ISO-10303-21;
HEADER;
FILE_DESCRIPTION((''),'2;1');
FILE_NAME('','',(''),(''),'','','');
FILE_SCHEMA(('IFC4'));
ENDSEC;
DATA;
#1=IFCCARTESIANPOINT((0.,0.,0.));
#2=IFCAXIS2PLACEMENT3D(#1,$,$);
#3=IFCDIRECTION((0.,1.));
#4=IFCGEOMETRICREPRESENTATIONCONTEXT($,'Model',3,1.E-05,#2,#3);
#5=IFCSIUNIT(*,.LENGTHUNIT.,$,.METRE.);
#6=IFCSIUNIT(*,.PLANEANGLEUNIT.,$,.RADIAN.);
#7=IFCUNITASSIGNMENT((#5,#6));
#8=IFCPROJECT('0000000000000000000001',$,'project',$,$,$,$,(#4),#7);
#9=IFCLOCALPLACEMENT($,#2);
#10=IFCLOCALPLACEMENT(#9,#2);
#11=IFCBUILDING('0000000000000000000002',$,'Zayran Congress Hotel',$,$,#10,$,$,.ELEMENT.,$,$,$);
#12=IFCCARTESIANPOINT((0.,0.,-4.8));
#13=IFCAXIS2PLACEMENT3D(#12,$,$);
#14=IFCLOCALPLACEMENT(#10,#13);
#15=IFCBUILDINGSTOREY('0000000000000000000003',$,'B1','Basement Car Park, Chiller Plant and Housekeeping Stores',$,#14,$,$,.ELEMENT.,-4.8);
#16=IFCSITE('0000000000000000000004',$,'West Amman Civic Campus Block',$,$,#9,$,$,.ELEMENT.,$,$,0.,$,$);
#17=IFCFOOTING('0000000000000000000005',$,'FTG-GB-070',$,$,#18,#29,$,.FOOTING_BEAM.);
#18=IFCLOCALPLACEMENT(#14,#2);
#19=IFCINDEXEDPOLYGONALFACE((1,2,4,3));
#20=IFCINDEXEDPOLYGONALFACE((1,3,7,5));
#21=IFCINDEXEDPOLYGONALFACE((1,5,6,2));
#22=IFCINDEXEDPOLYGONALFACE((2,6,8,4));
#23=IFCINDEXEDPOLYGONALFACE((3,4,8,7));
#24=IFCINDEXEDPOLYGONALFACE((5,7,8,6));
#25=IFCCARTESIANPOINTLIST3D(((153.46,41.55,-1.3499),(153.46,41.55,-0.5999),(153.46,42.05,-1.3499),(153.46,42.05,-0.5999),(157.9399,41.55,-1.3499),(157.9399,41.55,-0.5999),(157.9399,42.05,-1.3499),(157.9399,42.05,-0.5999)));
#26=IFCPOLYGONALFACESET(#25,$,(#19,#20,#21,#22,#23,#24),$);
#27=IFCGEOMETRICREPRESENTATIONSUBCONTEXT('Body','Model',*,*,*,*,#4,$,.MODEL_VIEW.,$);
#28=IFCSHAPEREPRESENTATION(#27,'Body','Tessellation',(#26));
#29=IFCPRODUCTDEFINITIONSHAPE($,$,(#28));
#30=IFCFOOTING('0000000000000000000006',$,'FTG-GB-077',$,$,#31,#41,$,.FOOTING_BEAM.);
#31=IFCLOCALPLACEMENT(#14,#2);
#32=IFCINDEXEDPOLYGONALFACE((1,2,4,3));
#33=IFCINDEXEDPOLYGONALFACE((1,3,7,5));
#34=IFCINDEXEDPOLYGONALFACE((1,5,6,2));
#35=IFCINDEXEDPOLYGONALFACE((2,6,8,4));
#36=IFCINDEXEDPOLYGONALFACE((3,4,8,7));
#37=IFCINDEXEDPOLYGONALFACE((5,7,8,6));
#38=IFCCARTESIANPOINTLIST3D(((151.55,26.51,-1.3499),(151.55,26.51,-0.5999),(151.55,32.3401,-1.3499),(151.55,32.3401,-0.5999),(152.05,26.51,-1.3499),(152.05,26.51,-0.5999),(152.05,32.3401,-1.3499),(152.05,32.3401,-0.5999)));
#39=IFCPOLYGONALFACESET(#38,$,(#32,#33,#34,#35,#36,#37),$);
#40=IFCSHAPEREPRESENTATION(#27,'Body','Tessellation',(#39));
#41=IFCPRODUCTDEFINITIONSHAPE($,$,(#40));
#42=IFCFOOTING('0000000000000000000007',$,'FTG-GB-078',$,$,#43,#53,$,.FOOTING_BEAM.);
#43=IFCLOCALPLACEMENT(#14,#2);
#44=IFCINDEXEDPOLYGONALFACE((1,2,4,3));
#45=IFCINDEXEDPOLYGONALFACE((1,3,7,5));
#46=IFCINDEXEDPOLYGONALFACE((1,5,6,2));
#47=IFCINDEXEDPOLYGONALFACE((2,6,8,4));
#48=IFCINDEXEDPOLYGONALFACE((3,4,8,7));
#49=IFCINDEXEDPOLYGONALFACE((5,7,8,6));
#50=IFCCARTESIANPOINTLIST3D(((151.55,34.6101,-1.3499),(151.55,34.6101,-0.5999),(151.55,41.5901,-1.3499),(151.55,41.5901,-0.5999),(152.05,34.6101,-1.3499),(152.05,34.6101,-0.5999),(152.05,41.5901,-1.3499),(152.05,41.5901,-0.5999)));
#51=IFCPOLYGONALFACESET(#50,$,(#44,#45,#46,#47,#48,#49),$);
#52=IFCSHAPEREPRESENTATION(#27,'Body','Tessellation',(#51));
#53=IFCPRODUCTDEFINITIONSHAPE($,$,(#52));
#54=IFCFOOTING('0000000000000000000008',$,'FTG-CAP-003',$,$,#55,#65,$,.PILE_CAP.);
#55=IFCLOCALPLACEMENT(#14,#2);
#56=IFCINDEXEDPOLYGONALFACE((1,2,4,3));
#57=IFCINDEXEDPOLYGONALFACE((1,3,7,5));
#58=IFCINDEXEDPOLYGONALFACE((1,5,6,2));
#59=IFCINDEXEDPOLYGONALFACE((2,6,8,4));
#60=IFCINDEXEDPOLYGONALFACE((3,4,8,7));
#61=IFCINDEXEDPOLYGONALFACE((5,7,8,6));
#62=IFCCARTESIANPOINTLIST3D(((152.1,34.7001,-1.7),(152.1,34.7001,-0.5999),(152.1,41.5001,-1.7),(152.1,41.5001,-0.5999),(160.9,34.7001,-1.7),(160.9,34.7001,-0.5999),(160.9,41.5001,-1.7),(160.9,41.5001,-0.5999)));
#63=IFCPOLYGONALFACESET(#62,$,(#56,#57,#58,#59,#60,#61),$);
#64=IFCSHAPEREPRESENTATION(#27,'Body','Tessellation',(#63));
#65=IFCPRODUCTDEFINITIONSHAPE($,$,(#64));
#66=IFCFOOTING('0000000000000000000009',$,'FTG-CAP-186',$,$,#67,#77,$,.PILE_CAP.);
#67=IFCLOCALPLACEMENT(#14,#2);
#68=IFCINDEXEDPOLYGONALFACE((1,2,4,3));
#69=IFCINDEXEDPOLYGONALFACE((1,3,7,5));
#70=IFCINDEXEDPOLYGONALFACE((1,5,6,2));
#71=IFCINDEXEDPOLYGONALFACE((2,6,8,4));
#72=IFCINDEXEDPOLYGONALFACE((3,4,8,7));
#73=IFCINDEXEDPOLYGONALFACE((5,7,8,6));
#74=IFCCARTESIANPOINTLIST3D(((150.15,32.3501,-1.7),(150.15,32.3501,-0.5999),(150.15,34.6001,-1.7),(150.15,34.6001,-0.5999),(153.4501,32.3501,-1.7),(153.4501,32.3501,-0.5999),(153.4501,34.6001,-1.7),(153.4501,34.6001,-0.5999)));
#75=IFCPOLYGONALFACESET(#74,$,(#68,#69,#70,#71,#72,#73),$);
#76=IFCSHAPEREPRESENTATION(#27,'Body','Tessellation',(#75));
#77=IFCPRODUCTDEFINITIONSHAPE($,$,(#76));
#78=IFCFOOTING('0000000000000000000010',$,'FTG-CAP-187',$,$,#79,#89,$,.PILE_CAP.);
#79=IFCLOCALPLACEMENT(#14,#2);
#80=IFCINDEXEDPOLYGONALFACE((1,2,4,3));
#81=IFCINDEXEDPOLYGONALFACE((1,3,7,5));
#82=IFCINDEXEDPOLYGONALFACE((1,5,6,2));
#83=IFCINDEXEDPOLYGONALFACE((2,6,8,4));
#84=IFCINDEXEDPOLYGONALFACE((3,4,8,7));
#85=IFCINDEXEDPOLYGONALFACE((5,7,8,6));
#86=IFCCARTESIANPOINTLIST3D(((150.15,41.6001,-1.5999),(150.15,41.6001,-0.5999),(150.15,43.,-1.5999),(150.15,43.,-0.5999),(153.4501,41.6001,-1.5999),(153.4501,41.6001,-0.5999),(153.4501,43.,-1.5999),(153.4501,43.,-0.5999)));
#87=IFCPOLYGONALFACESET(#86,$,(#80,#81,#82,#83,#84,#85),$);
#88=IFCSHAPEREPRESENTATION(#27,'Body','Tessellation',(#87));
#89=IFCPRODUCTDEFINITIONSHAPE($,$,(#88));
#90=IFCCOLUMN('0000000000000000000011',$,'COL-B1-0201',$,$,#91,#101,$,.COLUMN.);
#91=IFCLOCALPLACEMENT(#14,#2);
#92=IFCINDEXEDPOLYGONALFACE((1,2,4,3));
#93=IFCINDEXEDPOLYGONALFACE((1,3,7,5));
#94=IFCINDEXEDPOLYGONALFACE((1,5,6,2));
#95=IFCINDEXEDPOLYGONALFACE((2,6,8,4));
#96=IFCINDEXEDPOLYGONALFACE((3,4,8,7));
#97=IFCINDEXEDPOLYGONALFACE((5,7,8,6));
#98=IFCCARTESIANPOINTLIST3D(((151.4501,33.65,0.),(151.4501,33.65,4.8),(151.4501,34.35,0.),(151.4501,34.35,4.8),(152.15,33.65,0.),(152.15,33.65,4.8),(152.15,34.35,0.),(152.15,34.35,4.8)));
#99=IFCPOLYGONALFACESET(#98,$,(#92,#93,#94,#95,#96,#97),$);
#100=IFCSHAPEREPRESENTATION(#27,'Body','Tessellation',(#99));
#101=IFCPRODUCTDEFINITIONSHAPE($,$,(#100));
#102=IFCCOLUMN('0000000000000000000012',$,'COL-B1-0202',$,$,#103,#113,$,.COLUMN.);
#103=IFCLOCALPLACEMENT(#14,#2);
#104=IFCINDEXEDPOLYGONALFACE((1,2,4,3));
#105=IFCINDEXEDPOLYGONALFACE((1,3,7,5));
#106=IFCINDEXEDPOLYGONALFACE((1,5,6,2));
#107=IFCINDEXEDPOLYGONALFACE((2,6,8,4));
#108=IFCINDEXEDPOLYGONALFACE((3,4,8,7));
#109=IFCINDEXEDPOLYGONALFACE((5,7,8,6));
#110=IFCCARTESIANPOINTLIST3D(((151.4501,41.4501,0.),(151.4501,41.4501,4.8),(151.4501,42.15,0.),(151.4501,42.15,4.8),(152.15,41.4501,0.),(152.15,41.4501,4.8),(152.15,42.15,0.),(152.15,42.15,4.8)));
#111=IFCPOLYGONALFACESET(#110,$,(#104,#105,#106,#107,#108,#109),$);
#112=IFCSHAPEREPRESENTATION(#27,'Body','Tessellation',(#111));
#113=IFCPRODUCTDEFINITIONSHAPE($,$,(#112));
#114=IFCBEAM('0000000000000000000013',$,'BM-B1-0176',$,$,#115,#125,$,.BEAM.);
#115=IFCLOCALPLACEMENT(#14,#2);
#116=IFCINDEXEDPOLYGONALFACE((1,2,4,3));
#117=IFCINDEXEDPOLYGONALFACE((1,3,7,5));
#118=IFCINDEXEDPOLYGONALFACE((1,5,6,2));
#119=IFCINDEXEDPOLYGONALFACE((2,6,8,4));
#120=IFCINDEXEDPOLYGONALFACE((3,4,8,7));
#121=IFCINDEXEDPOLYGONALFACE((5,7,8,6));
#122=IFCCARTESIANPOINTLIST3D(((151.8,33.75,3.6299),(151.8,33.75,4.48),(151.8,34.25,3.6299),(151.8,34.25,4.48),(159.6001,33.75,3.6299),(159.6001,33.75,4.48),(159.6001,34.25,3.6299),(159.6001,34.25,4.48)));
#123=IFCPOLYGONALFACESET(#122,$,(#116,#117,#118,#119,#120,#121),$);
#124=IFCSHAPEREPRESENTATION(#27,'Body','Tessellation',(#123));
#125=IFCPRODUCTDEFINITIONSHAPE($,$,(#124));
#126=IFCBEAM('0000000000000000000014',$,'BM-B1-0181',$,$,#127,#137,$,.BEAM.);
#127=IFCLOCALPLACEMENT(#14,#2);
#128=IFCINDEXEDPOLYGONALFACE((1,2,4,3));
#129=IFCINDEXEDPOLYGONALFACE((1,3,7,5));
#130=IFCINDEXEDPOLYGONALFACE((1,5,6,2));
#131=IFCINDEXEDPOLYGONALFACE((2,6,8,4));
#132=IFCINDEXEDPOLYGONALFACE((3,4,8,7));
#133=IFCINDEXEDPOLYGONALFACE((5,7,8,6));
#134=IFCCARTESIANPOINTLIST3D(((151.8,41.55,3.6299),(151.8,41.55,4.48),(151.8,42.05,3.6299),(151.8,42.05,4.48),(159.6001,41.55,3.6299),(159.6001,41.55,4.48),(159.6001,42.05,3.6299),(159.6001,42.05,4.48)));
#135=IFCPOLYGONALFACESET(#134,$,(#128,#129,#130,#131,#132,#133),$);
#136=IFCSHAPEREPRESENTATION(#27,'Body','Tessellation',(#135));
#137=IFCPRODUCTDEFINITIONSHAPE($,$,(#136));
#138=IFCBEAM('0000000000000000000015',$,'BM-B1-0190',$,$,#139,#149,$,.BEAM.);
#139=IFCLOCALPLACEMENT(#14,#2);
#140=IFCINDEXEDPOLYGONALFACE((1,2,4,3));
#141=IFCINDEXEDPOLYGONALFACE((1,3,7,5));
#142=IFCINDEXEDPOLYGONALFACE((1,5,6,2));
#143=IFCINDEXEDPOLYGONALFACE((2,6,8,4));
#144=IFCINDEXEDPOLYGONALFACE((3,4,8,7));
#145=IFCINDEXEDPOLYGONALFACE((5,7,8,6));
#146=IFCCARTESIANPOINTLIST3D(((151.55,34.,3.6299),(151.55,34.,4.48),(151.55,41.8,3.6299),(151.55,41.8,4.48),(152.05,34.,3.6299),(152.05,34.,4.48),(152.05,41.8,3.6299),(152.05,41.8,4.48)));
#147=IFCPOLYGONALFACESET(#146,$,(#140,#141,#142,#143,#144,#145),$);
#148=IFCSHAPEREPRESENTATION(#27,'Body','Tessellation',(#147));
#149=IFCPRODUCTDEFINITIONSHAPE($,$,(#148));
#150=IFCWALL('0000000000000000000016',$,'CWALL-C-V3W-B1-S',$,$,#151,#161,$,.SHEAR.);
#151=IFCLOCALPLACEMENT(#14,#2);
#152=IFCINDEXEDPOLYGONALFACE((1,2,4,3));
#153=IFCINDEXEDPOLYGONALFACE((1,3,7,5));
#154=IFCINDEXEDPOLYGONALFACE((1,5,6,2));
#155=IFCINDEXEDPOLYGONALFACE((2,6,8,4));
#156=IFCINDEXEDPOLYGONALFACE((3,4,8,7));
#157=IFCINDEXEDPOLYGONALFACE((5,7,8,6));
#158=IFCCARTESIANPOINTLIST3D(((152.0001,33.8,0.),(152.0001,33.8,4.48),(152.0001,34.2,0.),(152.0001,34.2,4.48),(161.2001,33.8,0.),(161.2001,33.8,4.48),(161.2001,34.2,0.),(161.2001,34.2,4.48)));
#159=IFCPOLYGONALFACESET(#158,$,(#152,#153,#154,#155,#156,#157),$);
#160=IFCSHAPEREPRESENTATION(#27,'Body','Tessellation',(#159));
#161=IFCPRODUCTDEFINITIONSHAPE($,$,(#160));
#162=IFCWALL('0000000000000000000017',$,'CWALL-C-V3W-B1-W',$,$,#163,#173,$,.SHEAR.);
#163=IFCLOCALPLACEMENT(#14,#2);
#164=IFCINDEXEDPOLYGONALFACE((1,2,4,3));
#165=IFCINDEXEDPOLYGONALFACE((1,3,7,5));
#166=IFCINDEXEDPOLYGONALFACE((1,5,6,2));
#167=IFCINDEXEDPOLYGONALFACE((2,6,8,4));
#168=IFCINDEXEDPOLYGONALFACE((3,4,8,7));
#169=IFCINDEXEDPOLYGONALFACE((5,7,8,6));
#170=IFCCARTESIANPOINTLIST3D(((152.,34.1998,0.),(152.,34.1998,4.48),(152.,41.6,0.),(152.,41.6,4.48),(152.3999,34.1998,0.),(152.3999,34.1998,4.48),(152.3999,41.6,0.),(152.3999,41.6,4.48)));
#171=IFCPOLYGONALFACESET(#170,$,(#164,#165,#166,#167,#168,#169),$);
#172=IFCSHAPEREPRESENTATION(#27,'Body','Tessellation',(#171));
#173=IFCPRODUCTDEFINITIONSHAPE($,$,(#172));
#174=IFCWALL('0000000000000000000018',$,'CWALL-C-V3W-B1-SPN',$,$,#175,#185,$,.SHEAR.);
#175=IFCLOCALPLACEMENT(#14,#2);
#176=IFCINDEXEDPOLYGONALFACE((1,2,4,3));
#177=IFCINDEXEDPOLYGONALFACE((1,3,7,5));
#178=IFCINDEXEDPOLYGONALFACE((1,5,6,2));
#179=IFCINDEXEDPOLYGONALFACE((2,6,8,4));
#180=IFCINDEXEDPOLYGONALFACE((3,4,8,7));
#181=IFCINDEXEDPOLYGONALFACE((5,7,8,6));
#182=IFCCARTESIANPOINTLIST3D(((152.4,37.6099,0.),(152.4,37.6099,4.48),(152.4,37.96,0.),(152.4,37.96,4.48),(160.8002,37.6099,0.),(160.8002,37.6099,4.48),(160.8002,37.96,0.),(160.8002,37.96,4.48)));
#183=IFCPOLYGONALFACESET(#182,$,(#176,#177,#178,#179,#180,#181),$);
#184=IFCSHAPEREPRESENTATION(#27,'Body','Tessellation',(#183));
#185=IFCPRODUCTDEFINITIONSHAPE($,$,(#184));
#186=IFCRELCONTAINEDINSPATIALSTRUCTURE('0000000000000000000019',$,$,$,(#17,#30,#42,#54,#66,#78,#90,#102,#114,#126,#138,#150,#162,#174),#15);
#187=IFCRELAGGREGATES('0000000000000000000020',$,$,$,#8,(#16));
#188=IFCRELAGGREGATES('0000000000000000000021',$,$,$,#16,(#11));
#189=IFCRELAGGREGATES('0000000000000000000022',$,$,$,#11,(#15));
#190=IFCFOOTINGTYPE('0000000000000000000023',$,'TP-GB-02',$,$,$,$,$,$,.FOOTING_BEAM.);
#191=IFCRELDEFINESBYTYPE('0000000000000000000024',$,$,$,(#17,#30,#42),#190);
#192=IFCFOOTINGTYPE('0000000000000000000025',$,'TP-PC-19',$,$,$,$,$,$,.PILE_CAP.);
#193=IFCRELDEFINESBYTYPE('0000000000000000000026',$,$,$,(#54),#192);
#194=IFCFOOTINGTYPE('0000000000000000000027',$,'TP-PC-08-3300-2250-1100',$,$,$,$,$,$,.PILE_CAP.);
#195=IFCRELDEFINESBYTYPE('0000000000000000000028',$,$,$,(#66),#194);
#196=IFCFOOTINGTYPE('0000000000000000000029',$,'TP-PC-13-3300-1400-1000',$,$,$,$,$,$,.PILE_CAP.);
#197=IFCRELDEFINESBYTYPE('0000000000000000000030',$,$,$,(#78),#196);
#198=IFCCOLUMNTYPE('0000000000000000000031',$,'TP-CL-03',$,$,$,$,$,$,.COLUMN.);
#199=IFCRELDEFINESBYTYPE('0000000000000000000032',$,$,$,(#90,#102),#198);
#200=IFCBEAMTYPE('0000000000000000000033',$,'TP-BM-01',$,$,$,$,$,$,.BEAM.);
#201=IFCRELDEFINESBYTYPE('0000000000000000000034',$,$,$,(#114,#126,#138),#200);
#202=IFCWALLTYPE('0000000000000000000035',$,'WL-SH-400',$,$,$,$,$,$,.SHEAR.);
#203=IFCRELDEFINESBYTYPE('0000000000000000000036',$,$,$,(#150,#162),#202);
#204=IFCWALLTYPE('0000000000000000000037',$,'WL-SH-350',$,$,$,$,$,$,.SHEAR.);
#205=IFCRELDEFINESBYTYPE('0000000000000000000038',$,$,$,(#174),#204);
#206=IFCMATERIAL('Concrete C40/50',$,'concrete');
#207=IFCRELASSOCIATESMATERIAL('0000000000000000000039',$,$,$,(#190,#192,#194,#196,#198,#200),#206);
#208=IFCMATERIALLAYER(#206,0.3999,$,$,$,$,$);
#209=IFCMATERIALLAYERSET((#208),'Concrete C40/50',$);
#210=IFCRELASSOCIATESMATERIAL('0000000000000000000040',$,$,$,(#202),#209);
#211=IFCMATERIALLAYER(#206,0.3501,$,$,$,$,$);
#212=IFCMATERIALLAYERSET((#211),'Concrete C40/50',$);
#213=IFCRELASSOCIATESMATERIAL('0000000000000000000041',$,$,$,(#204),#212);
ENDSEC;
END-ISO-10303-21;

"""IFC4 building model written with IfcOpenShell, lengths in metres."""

from ifc_helpers import new_model, si_unit, direction, frame, frame_2d, origin, origin_2d, place, context, subcontext, project, spatial, rectangle, extrude, material, layer, layer_set, material_profile, profile_set, type_object, element, save


model = new_model("IFC4")

# Units and contexts
model_context = context("Model", 3, precision=1e-05, world=origin(), true_north=direction((0.0, 1.0)))
body_context = subcontext(model_context, "Body", "Model", "MODEL_VIEW")
ifc_project = project(units=[si_unit("LENGTHUNIT", "METRE"), si_unit("PLANEANGLEUNIT", "RADIAN")], contexts=[model_context])

# Site, building, storey
site_placement = place(None, origin())
site = spatial("IfcSite", under=ifc_project, at=site_placement, Name="West Amman Civic Campus Block", CompositionType="ELEMENT", RefElevation=0.0)
building_placement = place(site_placement, origin())
building = spatial("IfcBuilding", under=site, at=building_placement, Name="Zayran Congress Hotel", CompositionType="ELEMENT")
storey_placement = place(building_placement, frame((0.0, 0.0, -4.8)))
storey = spatial("IfcBuildingStorey", under=building, at=storey_placement, Name="B1", Description="Basement Car Park, Chiller Plant and Housekeeping Stores", CompositionType="ELEMENT", Elevation=-4.8)

# Shared definitions
ifc_material_1 = material(Name="Concrete C40/50", Category="concrete")

# Footings
footing_type_1 = type_object("IfcFootingType", Name="TP-GB-02", PredefinedType="FOOTING_BEAM", material=ifc_material_1)
footing_1_placement = place(storey_placement, frame((155.7, 41.8, -1.3499), z_axis=(0.0, 0.0, 1.0), x_axis=(1.0, 0.0, 0.0)))
element("IfcFooting", 1, at=footing_1_placement, inside=storey, type_object=footing_type_1, Name="FTG-GB-070", PredefinedType="FOOTING_BEAM", context=body_context, shape_type="SweptSolid", body=[
    extrude(rectangle(XDim=4.48, YDim=0.5, at=origin_2d()), origin(), (0.0, 0.0, 1.0), 0.75),
])
footing_2_placement = place(storey_placement, frame((151.8, 29.425, -1.3499), z_axis=(0.0, 0.0, 1.0), x_axis=(0.0, 1.0, 0.0)))
element("IfcFooting", 2, at=footing_2_placement, inside=storey, type_object=footing_type_1, Name="FTG-GB-077", PredefinedType="FOOTING_BEAM", context=body_context, shape_type="SweptSolid", body=[
    extrude(rectangle(XDim=5.8301, YDim=0.5, at=origin_2d()), origin(), (0.0, 0.0, 1.0), 0.75),
])
footing_3_placement = place(storey_placement, frame((151.8, 38.1001, -1.3499), z_axis=(0.0, 0.0, 1.0), x_axis=(0.0, 1.0, 0.0)))
element("IfcFooting", 3, at=footing_3_placement, inside=storey, type_object=footing_type_1, Name="FTG-GB-078", PredefinedType="FOOTING_BEAM", context=body_context, shape_type="SweptSolid", body=[
    extrude(rectangle(XDim=6.98, YDim=0.5, at=origin_2d()), origin(), (0.0, 0.0, 1.0), 0.75),
])
footing_type_2 = type_object("IfcFootingType", Name="TP-PC-19", PredefinedType="PILE_CAP", material=ifc_material_1)
footing_4_placement = place(storey_placement, frame((156.5, 38.1001, -1.7), z_axis=(0.0, 0.0, 1.0), x_axis=(1.0, 0.0, 0.0)))
element("IfcFooting", 4, at=footing_4_placement, inside=storey, type_object=footing_type_2, Name="FTG-CAP-003", PredefinedType="PILE_CAP", context=body_context, shape_type="SweptSolid", body=[
    extrude(rectangle(XDim=8.8, YDim=6.8, at=origin_2d()), origin(), (0.0, 0.0, 1.0), 1.1001),
])
footing_type_3 = type_object("IfcFootingType", Name="TP-PC-08-3300-2250-1100", PredefinedType="PILE_CAP", material=ifc_material_1)
footing_5_placement = place(storey_placement, frame((151.8, 33.4751, -1.7), z_axis=(0.0, 0.0, 1.0), x_axis=(1.0, 0.0, 0.0)))
element("IfcFooting", 5, at=footing_5_placement, inside=storey, type_object=footing_type_3, Name="FTG-CAP-186", PredefinedType="PILE_CAP", context=body_context, shape_type="SweptSolid", body=[
    extrude(rectangle(XDim=3.3, YDim=2.25, at=origin_2d()), origin(), (0.0, 0.0, 1.0), 1.1001),
])
footing_type_4 = type_object("IfcFootingType", Name="TP-PC-13-3300-1400-1000", PredefinedType="PILE_CAP", material=ifc_material_1)
footing_6_placement = place(storey_placement, frame((151.8, 42.3, -1.5999), z_axis=(0.0, 0.0, 1.0), x_axis=(1.0, 0.0, 0.0)))
element("IfcFooting", 6, at=footing_6_placement, inside=storey, type_object=footing_type_4, Name="FTG-CAP-187", PredefinedType="PILE_CAP", context=body_context, shape_type="SweptSolid", body=[
    extrude(rectangle(XDim=3.3, YDim=1.3999, at=origin_2d()), origin(), (0.0, 0.0, 1.0), 1.0),
])

# Columns
ifc_material_profile_1 = material_profile(ifc_material_1, rectangle(XDim=0.7, YDim=0.7, at=origin_2d()), Name="RC 700x700")
ifc_profile_set_1 = profile_set([ifc_material_profile_1], Name="Concrete C40/50")
column_type = type_object("IfcColumnType", Name="TP-CL-03", PredefinedType="COLUMN", material=ifc_profile_set_1)
for number, where, z_axis, x_axis, name in (
    (7, (151.8, 34.0, 0.0), (0.0, 0.0, 1.0), (1.0, 0.0, 0.0), "COL-B1-0201"),
    (8, (151.8, 41.8, 0.0), (0.0, 0.0, 1.0), (1.0, 0.0, 0.0), "COL-B1-0202"),
):
    element("IfcColumn", number, at=place(storey_placement, frame(where, z_axis=z_axis, x_axis=x_axis)), inside=storey, type_object=column_type, Name=name, PredefinedType="COLUMN", context=body_context, shape_type="SweptSolid", body=[
        extrude(rectangle(XDim=0.7, YDim=0.7, at=origin_2d()), origin(), (0.0, 0.0, 1.0), 4.8),
    ])

# Beams
ifc_material_profile_2 = material_profile(ifc_material_1, rectangle(XDim=0.5, YDim=0.8501, at=origin_2d()), Name="RC 500x850")
ifc_profile_set_2 = profile_set([ifc_material_profile_2], Name="Concrete C40/50")
beam_type = type_object("IfcBeamType", Name="TP-BM-01", PredefinedType="BEAM", material=ifc_profile_set_2)
for number, where, z_axis, x_axis, name in (
    (9, (151.8, 34.0, 4.0549), (1.0, 0.0, 0.0), (0.0, 1.0, 0.0), "BM-B1-0176"),
    (10, (151.8, 41.8, 4.0549), (1.0, 0.0, 0.0), (0.0, 1.0, 0.0), "BM-B1-0181"),
    (11, (151.8, 34.0, 4.0549), (0.0, 1.0, 0.0), (-1.0, 0.0, 0.0), "BM-B1-0190"),
):
    element("IfcBeam", number, at=place(storey_placement, frame(where, z_axis=z_axis, x_axis=x_axis)), inside=storey, type_object=beam_type, Name=name, PredefinedType="BEAM", context=body_context, shape_type="SweptSolid", body=[
        extrude(rectangle(XDim=0.5, YDim=0.8501, at=origin_2d()), origin(), (0.0, 0.0, 1.0), 7.8),
    ])

# Walls
ifc_layer_1 = layer(ifc_material_1, 0.3999)
ifc_layer_set_1 = layer_set([ifc_layer_1], Name="Concrete C40/50")
wall_type_1 = type_object("IfcWallType", Name="WL-SH-400", PredefinedType="SHEAR", material=ifc_layer_set_1)
wall_1_placement = place(storey_placement, frame((152.0, 34.0, 0.0), z_axis=(0.0, 0.0, 1.0), x_axis=(1.0, 0.0, 0.0)))
element("IfcWall", 12, at=wall_1_placement, inside=storey, type_object=wall_type_1, Name="CWALL-C-V3W-B1-S", PredefinedType="SHEAR", context=body_context, shape_type="SweptSolid", body=[
    extrude(rectangle(XDim=9.2, YDim=0.3999, at=frame_2d((4.6001, 0.0))), origin(), (0.0, 0.0, 1.0), 4.48),
])
wall_2_placement = place(storey_placement, frame((152.2, 41.6001, 0.0), z_axis=(0.0, 0.0, 1.0), x_axis=(0.0, -1.0, 0.0)))
element("IfcWall", 13, at=wall_2_placement, inside=storey, type_object=wall_type_1, Name="CWALL-C-V3W-B1-W", PredefinedType="SHEAR", context=body_context, shape_type="SweptSolid", body=[
    extrude(rectangle(XDim=7.4001, YDim=0.3999, at=frame_2d((3.7002, 0.0))), origin(), (0.0, 0.0, 1.0), 4.48),
])
ifc_layer_2 = layer(ifc_material_1, 0.3501)
ifc_layer_set_2 = layer_set([ifc_layer_2], Name="Concrete C40/50")
wall_type_2 = type_object("IfcWallType", Name="WL-SH-350", PredefinedType="SHEAR", material=ifc_layer_set_2)
wall_3_placement = place(storey_placement, frame((152.3999, 37.7849, 0.0), z_axis=(0.0, 0.0, 1.0), x_axis=(1.0, 0.0, 0.0)))
element("IfcWall", 14, at=wall_3_placement, inside=storey, type_object=wall_type_2, Name="CWALL-C-V3W-B1-SPN", PredefinedType="SHEAR", context=body_context, shape_type="SweptSolid", body=[
    extrude(rectangle(XDim=8.4001, YDim=0.3501, at=frame_2d((4.2002, 0.0))), origin(), (0.0, 0.0, 1.0), 4.48),
])

save(model, "model.ifc")
